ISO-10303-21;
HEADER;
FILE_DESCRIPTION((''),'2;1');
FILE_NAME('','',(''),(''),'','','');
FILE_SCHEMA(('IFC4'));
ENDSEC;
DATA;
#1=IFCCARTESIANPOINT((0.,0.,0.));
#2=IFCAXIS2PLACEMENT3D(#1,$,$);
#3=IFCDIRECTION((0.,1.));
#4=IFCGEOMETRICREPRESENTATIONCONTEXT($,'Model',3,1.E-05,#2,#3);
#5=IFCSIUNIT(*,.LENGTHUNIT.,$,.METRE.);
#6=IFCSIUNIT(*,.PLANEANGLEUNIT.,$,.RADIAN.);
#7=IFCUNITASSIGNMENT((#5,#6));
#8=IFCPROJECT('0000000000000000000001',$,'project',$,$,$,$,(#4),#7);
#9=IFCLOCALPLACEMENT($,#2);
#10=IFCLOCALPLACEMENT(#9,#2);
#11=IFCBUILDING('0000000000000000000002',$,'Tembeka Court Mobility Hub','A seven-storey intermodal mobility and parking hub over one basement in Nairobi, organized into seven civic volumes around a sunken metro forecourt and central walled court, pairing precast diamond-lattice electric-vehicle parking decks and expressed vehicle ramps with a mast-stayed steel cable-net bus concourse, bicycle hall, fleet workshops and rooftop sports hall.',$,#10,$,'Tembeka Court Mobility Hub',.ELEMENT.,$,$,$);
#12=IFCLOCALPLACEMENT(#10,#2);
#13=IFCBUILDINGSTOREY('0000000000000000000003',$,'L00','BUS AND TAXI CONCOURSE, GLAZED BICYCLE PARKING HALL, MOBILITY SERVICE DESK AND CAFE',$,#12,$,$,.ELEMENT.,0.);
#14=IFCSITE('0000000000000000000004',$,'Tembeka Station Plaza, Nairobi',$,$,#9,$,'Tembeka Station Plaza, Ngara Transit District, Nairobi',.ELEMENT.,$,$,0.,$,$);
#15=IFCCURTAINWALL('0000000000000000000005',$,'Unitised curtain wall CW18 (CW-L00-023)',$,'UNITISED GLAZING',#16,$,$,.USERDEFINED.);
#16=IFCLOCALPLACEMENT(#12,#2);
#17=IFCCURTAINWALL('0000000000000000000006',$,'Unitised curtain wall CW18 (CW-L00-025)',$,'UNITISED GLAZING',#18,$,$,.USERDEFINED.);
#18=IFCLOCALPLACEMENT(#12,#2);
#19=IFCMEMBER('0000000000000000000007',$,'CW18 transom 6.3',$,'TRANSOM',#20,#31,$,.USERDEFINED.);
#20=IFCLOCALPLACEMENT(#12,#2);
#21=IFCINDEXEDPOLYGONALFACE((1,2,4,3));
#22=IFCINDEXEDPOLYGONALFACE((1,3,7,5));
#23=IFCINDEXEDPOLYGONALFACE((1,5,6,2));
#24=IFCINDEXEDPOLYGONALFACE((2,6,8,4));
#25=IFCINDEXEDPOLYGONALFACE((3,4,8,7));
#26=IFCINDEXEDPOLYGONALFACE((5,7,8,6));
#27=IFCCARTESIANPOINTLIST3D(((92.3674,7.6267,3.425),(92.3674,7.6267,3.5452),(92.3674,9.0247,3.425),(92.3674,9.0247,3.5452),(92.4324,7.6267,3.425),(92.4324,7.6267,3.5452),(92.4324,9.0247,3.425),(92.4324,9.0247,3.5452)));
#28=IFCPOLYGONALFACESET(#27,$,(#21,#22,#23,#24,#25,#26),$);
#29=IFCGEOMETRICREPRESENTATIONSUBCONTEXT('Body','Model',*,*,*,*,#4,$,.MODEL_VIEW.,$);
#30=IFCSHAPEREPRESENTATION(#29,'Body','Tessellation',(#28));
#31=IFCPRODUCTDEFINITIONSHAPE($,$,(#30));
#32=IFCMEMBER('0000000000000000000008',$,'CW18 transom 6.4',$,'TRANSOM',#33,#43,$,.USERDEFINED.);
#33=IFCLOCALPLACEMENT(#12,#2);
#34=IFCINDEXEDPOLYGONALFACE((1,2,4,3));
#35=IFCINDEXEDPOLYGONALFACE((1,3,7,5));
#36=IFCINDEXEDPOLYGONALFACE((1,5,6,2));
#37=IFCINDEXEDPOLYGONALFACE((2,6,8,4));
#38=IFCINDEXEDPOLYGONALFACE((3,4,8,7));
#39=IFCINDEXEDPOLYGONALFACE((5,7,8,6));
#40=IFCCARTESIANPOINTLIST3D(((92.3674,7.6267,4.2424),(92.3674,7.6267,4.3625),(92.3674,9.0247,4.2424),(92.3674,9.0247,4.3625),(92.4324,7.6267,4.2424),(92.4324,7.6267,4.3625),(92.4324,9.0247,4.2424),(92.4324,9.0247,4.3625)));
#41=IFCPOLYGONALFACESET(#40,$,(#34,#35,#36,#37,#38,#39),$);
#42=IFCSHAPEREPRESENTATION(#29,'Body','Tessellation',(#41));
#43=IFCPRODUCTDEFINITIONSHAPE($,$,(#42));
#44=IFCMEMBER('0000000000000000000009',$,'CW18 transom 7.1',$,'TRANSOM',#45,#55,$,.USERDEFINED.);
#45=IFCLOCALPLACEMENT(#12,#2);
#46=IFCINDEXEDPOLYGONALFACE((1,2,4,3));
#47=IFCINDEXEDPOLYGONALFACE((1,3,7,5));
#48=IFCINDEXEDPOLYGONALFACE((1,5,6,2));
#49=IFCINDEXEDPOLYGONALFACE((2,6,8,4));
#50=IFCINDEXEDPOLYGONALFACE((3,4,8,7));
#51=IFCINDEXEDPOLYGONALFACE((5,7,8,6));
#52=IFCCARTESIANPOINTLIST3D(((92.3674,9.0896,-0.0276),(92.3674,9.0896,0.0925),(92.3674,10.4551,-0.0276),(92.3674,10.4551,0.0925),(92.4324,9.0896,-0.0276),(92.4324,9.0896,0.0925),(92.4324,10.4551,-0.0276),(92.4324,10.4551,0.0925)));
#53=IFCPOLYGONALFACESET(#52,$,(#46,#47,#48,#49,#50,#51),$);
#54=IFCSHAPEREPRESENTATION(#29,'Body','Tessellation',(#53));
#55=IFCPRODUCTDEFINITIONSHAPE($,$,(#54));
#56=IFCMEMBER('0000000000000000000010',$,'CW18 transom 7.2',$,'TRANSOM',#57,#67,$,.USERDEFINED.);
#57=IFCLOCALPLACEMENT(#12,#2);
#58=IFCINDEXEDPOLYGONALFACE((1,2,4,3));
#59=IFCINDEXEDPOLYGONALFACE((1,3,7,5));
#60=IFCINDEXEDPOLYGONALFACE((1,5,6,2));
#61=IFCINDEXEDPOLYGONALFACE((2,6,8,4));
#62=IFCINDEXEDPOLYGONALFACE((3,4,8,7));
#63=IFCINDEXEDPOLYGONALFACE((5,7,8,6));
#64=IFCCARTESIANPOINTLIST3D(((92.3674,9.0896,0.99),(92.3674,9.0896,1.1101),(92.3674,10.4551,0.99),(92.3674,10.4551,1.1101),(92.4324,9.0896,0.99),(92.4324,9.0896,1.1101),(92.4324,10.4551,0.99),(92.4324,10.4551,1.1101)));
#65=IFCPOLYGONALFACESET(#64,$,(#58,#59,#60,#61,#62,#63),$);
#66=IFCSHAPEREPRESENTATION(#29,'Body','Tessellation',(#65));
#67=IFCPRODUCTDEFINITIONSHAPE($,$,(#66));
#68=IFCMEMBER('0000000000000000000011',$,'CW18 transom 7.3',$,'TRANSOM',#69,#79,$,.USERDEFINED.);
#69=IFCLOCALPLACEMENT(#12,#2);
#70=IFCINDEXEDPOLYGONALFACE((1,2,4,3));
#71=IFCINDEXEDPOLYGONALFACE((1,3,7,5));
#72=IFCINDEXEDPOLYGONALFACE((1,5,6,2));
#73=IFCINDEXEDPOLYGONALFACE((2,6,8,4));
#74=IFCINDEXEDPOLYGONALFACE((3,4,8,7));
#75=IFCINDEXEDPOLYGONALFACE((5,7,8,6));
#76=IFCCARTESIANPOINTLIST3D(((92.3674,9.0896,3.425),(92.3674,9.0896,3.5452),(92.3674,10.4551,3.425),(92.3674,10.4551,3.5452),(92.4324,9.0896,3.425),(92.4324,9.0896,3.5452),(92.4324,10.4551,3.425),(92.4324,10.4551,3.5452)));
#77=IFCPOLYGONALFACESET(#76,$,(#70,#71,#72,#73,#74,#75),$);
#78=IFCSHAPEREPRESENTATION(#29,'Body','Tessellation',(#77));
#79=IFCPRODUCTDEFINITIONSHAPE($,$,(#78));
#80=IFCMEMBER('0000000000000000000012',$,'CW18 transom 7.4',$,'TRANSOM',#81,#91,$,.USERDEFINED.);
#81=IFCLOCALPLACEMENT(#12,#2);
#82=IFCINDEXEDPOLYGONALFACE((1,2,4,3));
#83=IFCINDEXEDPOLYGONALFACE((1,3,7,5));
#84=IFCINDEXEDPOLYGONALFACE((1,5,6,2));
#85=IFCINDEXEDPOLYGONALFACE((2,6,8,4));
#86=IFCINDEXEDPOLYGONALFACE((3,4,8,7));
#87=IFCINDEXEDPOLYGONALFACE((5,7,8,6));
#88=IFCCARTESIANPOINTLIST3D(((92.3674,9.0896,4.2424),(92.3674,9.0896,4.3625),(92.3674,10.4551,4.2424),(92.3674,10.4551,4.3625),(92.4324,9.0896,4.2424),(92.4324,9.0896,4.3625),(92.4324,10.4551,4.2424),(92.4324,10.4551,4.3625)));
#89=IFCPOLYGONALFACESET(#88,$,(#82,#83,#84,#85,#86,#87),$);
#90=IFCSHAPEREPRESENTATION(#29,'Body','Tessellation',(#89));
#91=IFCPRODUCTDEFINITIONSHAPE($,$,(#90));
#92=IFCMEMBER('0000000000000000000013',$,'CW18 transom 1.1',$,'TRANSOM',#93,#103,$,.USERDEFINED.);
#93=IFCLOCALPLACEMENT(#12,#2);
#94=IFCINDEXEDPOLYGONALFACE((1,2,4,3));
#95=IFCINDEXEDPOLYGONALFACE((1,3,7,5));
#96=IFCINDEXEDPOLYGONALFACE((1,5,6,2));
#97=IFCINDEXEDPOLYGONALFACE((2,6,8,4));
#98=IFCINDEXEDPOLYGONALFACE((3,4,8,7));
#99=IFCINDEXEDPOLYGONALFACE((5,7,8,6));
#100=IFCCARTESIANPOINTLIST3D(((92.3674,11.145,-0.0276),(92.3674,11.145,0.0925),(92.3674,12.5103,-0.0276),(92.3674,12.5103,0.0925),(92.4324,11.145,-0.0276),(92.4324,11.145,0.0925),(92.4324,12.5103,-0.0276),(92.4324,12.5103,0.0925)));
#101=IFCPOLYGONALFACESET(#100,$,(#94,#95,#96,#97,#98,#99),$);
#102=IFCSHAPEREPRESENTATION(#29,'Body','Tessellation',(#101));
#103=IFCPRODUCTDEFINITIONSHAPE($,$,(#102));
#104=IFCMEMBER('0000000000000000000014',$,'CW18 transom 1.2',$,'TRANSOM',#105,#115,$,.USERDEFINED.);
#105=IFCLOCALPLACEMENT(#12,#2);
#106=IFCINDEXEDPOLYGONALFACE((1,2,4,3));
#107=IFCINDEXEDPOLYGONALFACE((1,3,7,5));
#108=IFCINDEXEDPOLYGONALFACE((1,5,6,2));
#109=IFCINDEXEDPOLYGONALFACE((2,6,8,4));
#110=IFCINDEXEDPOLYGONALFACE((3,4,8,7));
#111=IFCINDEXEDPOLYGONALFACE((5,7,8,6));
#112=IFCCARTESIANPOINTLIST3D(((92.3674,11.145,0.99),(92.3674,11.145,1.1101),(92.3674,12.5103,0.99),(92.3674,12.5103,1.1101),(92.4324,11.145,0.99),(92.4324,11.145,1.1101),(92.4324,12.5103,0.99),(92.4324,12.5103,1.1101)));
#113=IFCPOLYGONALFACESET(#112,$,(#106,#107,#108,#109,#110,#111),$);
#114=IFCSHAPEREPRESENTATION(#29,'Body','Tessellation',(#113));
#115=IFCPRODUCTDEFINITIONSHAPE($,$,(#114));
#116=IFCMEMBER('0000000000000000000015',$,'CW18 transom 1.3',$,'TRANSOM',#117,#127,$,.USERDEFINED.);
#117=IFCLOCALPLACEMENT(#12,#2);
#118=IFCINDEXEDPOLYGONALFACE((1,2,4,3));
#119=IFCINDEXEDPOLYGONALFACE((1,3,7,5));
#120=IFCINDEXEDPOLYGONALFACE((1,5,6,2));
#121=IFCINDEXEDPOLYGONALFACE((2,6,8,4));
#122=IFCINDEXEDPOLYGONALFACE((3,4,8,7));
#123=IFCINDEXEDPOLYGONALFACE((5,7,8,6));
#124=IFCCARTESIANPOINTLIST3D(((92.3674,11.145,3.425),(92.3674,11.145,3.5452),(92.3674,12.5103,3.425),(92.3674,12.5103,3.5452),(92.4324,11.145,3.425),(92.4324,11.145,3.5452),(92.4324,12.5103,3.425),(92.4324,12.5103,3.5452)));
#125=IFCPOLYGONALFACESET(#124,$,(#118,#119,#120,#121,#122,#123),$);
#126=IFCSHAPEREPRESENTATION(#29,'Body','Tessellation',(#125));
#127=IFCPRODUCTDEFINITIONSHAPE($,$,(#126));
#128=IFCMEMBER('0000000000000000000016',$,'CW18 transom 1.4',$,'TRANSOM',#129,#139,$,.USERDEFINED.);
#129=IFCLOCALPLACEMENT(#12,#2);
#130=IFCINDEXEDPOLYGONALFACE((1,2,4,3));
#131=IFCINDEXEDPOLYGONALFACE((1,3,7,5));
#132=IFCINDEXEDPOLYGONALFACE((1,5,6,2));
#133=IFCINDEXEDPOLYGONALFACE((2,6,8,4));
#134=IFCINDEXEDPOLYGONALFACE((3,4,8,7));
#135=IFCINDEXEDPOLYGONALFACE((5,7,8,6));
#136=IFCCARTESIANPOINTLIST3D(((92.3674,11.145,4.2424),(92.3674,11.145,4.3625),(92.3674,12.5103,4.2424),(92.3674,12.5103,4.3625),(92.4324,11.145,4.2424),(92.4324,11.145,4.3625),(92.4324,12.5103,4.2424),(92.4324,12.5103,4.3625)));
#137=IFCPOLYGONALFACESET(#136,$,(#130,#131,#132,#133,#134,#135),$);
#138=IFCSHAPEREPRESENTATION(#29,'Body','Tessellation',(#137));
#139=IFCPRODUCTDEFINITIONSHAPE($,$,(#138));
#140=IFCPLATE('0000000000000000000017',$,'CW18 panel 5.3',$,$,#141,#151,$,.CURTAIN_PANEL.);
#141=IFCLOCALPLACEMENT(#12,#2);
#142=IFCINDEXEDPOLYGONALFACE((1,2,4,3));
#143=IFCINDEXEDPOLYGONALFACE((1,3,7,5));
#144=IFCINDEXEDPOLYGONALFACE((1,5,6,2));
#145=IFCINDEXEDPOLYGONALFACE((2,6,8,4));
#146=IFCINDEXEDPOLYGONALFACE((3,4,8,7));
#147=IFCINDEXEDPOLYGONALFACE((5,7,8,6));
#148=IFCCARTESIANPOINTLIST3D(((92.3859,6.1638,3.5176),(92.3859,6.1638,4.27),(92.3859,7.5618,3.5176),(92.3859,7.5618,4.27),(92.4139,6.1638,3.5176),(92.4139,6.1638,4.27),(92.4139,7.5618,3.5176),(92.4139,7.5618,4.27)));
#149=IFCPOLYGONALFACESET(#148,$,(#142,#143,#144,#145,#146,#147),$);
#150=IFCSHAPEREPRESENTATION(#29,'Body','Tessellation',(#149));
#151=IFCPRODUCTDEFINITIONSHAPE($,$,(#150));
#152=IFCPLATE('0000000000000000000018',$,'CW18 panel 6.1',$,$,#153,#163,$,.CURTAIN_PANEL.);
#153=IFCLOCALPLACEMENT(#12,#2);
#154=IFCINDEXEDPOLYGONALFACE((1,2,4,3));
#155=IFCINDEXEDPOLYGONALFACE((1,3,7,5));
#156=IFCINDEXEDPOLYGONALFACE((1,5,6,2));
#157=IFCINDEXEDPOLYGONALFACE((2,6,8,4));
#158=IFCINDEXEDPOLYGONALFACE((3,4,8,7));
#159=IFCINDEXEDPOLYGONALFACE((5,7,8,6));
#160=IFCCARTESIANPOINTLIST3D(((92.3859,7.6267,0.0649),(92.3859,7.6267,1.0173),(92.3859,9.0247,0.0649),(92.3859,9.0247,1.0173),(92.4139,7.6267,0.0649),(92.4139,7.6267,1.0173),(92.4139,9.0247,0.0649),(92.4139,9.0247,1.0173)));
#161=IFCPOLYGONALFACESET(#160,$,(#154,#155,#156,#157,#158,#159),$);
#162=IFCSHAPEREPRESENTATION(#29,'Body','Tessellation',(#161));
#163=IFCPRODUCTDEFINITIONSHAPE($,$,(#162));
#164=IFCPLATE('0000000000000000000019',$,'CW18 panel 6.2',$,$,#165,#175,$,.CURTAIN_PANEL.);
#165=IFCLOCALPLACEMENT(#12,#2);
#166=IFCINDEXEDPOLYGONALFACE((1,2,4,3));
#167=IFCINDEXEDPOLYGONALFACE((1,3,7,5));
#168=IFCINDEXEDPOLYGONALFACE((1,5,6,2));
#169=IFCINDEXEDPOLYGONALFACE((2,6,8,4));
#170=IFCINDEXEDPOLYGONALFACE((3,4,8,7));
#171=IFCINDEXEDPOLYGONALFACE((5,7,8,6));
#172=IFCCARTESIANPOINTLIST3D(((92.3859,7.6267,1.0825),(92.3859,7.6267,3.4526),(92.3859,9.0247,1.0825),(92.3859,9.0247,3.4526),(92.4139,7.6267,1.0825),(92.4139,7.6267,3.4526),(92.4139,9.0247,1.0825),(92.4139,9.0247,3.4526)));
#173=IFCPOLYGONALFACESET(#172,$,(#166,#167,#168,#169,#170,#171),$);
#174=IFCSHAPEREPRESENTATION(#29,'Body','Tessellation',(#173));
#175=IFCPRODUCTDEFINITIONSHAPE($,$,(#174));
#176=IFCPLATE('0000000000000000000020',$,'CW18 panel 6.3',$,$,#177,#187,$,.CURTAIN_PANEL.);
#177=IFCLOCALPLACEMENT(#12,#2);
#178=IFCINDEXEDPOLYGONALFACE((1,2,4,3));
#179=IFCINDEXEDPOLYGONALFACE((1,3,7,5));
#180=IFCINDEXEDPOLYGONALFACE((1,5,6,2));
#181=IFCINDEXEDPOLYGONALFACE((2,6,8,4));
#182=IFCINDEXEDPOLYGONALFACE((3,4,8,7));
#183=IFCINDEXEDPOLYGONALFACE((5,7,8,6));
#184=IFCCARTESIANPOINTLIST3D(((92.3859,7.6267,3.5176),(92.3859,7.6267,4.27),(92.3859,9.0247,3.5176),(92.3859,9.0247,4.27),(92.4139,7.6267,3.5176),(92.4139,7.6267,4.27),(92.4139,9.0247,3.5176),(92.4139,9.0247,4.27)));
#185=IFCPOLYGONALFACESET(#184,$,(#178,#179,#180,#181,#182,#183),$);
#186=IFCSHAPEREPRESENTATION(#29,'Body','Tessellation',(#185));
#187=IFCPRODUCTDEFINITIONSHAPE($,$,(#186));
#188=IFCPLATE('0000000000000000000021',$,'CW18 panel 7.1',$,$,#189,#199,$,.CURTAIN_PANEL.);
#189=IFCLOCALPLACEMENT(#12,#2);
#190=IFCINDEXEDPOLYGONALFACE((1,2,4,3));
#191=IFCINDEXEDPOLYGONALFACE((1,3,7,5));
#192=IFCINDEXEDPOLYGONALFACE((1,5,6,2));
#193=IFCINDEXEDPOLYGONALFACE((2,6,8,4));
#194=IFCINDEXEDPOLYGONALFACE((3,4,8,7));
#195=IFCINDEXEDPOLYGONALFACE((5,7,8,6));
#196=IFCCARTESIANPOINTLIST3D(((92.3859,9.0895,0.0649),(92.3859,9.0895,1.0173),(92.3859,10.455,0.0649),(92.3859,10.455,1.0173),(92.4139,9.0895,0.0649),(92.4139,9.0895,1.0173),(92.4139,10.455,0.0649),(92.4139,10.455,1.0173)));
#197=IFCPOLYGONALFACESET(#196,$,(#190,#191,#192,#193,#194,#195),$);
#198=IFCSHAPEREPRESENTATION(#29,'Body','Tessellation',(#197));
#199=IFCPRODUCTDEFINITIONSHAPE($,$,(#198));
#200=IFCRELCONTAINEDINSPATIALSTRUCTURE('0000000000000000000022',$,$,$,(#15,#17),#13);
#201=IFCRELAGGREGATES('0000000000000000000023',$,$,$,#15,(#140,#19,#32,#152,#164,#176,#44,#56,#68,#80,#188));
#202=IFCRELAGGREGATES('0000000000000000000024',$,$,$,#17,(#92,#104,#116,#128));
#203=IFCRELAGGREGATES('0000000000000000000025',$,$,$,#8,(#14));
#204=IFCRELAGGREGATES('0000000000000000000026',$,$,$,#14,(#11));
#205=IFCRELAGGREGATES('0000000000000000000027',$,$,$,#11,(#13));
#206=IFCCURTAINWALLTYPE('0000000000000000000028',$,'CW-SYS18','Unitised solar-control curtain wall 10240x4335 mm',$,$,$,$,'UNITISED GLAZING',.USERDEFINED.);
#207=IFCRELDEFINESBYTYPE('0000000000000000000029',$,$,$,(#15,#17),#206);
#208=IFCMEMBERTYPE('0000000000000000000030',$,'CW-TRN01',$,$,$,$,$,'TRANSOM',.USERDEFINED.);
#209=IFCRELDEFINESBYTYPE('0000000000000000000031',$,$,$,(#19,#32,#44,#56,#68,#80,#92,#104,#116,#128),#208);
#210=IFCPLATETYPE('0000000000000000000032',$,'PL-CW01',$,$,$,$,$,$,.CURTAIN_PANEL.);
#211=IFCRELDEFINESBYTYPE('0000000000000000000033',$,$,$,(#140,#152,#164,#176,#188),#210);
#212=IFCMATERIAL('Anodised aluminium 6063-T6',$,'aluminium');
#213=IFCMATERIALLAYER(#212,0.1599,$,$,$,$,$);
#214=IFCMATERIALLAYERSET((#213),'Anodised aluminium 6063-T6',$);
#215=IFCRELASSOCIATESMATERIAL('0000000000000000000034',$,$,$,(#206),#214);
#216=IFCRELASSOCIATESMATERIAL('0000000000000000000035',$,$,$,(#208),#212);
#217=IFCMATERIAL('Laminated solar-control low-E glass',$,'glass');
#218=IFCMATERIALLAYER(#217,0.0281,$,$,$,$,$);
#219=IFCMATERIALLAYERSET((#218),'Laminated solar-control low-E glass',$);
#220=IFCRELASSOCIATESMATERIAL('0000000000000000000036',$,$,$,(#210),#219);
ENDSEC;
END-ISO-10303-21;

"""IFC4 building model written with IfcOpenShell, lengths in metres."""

from ifc_helpers import new_model, si_unit, direction, frame, origin, origin_2d, place, context, subcontext, project, spatial, rectangle, extrude, material, layer, layer_set, material_profile, profile_set, type_object, element, aggregate, save


model = new_model("IFC4")

# Units and contexts
model_context = context("Model", 3, precision=1e-05, world=origin(), true_north=direction((0.0, 1.0)))
body_context = subcontext(model_context, "Body", "Model", "MODEL_VIEW")
ifc_project = project(units=[si_unit("LENGTHUNIT", "METRE"), si_unit("PLANEANGLEUNIT", "RADIAN")], contexts=[model_context])

# Site, building, storey
site_placement = place(None, origin())
site = spatial("IfcSite", under=ifc_project, at=site_placement, Name="Tembeka Station Plaza, Nairobi", LongName="Tembeka Station Plaza, Ngara Transit District, Nairobi", CompositionType="ELEMENT", RefElevation=0.0)
building_placement = place(site_placement, origin())
building = spatial("IfcBuilding", under=site, at=building_placement, Name="Tembeka Court Mobility Hub", Description="A seven-storey intermodal mobility and parking hub over one basement in Nairobi, organized into seven civic volumes around a sunken metro forecourt and central walled court, pairing precast diamond-lattice electric-vehicle parking decks and expressed vehicle ramps with a mast-stayed steel cable-net bus concourse, bicycle hall, fleet workshops and rooftop sports hall.", LongName="Tembeka Court Mobility Hub", CompositionType="ELEMENT")
storey_placement = place(building_placement, origin())
storey = spatial("IfcBuildingStorey", under=building, at=storey_placement, Name="L00", Description="BUS AND TAXI CONCOURSE, GLAZED BICYCLE PARKING HALL, MOBILITY SERVICE DESK AND CAFE", CompositionType="ELEMENT", Elevation=0.0)

# Curtain walls
ifc_material_1 = material(Name="Anodised aluminium 6063-T6", Category="aluminium")
ifc_layer_1 = layer(ifc_material_1, 0.1599)
ifc_layer_set_1 = layer_set([ifc_layer_1], Name="Anodised aluminium 6063-T6")
curtain_wall_type = type_object("IfcCurtainWallType", Name="CW-SYS18", Description="Unitised solar-control curtain wall 10240x4335 mm", ElementType="UNITISED GLAZING", PredefinedType="USERDEFINED", material=ifc_layer_set_1)
curtain_wall_1_placement = place(storey_placement, origin())
curtain_wall_1 = element("IfcCurtainWall", 1, at=curtain_wall_1_placement, inside=storey, type_object=curtain_wall_type, Name="Unitised curtain wall CW18 (CW-L00-023)", ObjectType="UNITISED GLAZING", PredefinedType="USERDEFINED")
curtain_wall_2_placement = place(storey_placement, origin())
curtain_wall_2 = element("IfcCurtainWall", 2, at=curtain_wall_2_placement, inside=storey, type_object=curtain_wall_type, Name="Unitised curtain wall CW18 (CW-L00-025)", ObjectType="UNITISED GLAZING", PredefinedType="USERDEFINED")

# Members
ifc_material_profile_1 = material_profile(ifc_material_1, rectangle(XDim=0.0649, YDim=0.1201, at=origin_2d()), Name="ALU-TRN 65x120")
ifc_profile_set_1 = profile_set([ifc_material_profile_1], Name="Anodised aluminium 6063-T6")
member_type_1 = type_object("IfcMemberType", Name="CW-TRN01", ElementType="TRANSOM", PredefinedType="USERDEFINED", material=ifc_profile_set_1)
member_1_placement = place(storey_placement, frame((92.3999, 7.6267, 3.4851), z_axis=(0.0, 1.0, 0.0), x_axis=(-1.0, 0.0, 0.0)))
member_1 = element("IfcMember", 3, at=member_1_placement, type_object=member_type_1, Name="CW18 transom 6.3", ObjectType="TRANSOM", PredefinedType="USERDEFINED", context=body_context, shape_type="SweptSolid", body=[
    extrude(rectangle(XDim=0.0649, YDim=0.1201, at=origin_2d()), origin(), (0.0, 0.0, 1.0), 1.3979),
])
member_2_placement = place(storey_placement, frame((92.3999, 7.6267, 4.3025), z_axis=(0.0, 1.0, 0.0), x_axis=(-1.0, 0.0, 0.0)))
member_2 = element("IfcMember", 4, at=member_2_placement, type_object=member_type_1, Name="CW18 transom 6.4", ObjectType="TRANSOM", PredefinedType="USERDEFINED", context=body_context, shape_type="SweptSolid", body=[
    extrude(rectangle(XDim=0.0649, YDim=0.1201, at=origin_2d()), origin(), (0.0, 0.0, 1.0), 1.3979),
])
member_3_placement = place(storey_placement, frame((92.3999, 9.0896, 0.0325), z_axis=(0.0, 1.0, 0.0), x_axis=(-1.0, 0.0, 0.0)))
member_3 = element("IfcMember", 5, at=member_3_placement, type_object=member_type_1, Name="CW18 transom 7.1", ObjectType="TRANSOM", PredefinedType="USERDEFINED", context=body_context, shape_type="SweptSolid", body=[
    extrude(rectangle(XDim=0.0649, YDim=0.1201, at=origin_2d()), origin(), (0.0, 0.0, 1.0), 1.3655),
])
member_4_placement = place(storey_placement, frame((92.3999, 9.0896, 1.05), z_axis=(0.0, 1.0, 0.0), x_axis=(-1.0, 0.0, 0.0)))
member_4 = element("IfcMember", 6, at=member_4_placement, type_object=member_type_1, Name="CW18 transom 7.2", ObjectType="TRANSOM", PredefinedType="USERDEFINED", context=body_context, shape_type="SweptSolid", body=[
    extrude(rectangle(XDim=0.0649, YDim=0.1201, at=origin_2d()), origin(), (0.0, 0.0, 1.0), 1.3655),
])
member_5_placement = place(storey_placement, frame((92.3999, 9.0896, 3.4851), z_axis=(0.0, 1.0, 0.0), x_axis=(-1.0, 0.0, 0.0)))
member_5 = element("IfcMember", 7, at=member_5_placement, type_object=member_type_1, Name="CW18 transom 7.3", ObjectType="TRANSOM", PredefinedType="USERDEFINED", context=body_context, shape_type="SweptSolid", body=[
    extrude(rectangle(XDim=0.0649, YDim=0.1201, at=origin_2d()), origin(), (0.0, 0.0, 1.0), 1.3655),
])
member_6_placement = place(storey_placement, frame((92.3999, 9.0896, 4.3025), z_axis=(0.0, 1.0, 0.0), x_axis=(-1.0, 0.0, 0.0)))
member_6 = element("IfcMember", 8, at=member_6_placement, type_object=member_type_1, Name="CW18 transom 7.4", ObjectType="TRANSOM", PredefinedType="USERDEFINED", context=body_context, shape_type="SweptSolid", body=[
    extrude(rectangle(XDim=0.0649, YDim=0.1201, at=origin_2d()), origin(), (0.0, 0.0, 1.0), 1.3655),
])
member_7_placement = place(storey_placement, frame((92.3999, 11.145, 0.0325), z_axis=(0.0, 1.0, 0.0), x_axis=(-1.0, 0.0, 0.0)))
member_7 = element("IfcMember", 9, at=member_7_placement, type_object=member_type_1, Name="CW18 transom 1.1", ObjectType="TRANSOM", PredefinedType="USERDEFINED", context=body_context, shape_type="SweptSolid", body=[
    extrude(rectangle(XDim=0.0649, YDim=0.1201, at=origin_2d()), origin(), (0.0, 0.0, 1.0), 1.3652),
])
member_8_placement = place(storey_placement, frame((92.3999, 11.145, 1.05), z_axis=(0.0, 1.0, 0.0), x_axis=(-1.0, 0.0, 0.0)))
member_8 = element("IfcMember", 10, at=member_8_placement, type_object=member_type_1, Name="CW18 transom 1.2", ObjectType="TRANSOM", PredefinedType="USERDEFINED", context=body_context, shape_type="SweptSolid", body=[
    extrude(rectangle(XDim=0.0649, YDim=0.1201, at=origin_2d()), origin(), (0.0, 0.0, 1.0), 1.3652),
])
member_9_placement = place(storey_placement, frame((92.3999, 11.145, 3.4851), z_axis=(0.0, 1.0, 0.0), x_axis=(-1.0, 0.0, 0.0)))
member_9 = element("IfcMember", 11, at=member_9_placement, type_object=member_type_1, Name="CW18 transom 1.3", ObjectType="TRANSOM", PredefinedType="USERDEFINED", context=body_context, shape_type="SweptSolid", body=[
    extrude(rectangle(XDim=0.0649, YDim=0.1201, at=origin_2d()), origin(), (0.0, 0.0, 1.0), 1.3652),
])
member_10_placement = place(storey_placement, frame((92.3999, 11.145, 4.3025), z_axis=(0.0, 1.0, 0.0), x_axis=(-1.0, 0.0, 0.0)))
member_10 = element("IfcMember", 12, at=member_10_placement, type_object=member_type_1, Name="CW18 transom 1.4", ObjectType="TRANSOM", PredefinedType="USERDEFINED", context=body_context, shape_type="SweptSolid", body=[
    extrude(rectangle(XDim=0.0649, YDim=0.1201, at=origin_2d()), origin(), (0.0, 0.0, 1.0), 1.3652),
])

# Plates
ifc_material_2 = material(Name="Laminated solar-control low-E glass", Category="glass")
ifc_layer_2 = layer(ifc_material_2, 0.0281)
ifc_layer_set_2 = layer_set([ifc_layer_2], Name="Laminated solar-control low-E glass")
plate_type = type_object("IfcPlateType", Name="PL-CW01", PredefinedType="CURTAIN_PANEL", material=ifc_layer_set_2)
plate_1_placement = place(storey_placement, frame((92.3999, 6.8628, 3.5176), z_axis=(0.0, 0.0, 1.0), x_axis=(0.0, 1.0, 0.0)))
plate_1 = element("IfcPlate", 13, at=plate_1_placement, type_object=plate_type, Name="CW18 panel 5.3", PredefinedType="CURTAIN_PANEL", context=body_context, shape_type="SweptSolid", body=[
    extrude(rectangle(XDim=1.3979, YDim=0.0281, at=origin_2d()), origin(), (0.0, 0.0, 1.0), 0.7524),
])
plate_2_placement = place(storey_placement, frame((92.3999, 8.3257, 0.0649), z_axis=(0.0, 0.0, 1.0), x_axis=(0.0, 1.0, 0.0)))
plate_2 = element("IfcPlate", 14, at=plate_2_placement, type_object=plate_type, Name="CW18 panel 6.1", PredefinedType="CURTAIN_PANEL", context=body_context, shape_type="SweptSolid", body=[
    extrude(rectangle(XDim=1.3979, YDim=0.0281, at=origin_2d()), origin(), (0.0, 0.0, 1.0), 0.9524),
])
plate_3_placement = place(storey_placement, frame((92.3999, 8.3257, 1.0825), z_axis=(0.0, 0.0, 1.0), x_axis=(0.0, 1.0, 0.0)))
plate_3 = element("IfcPlate", 15, at=plate_3_placement, type_object=plate_type, Name="CW18 panel 6.2", PredefinedType="CURTAIN_PANEL", context=body_context, shape_type="SweptSolid", body=[
    extrude(rectangle(XDim=1.3979, YDim=0.0281, at=origin_2d()), origin(), (0.0, 0.0, 1.0), 2.3701),
])
plate_4_placement = place(storey_placement, frame((92.3999, 8.3257, 3.5176), z_axis=(0.0, 0.0, 1.0), x_axis=(0.0, 1.0, 0.0)))
plate_4 = element("IfcPlate", 16, at=plate_4_placement, type_object=plate_type, Name="CW18 panel 6.3", PredefinedType="CURTAIN_PANEL", context=body_context, shape_type="SweptSolid", body=[
    extrude(rectangle(XDim=1.3979, YDim=0.0281, at=origin_2d()), origin(), (0.0, 0.0, 1.0), 0.7524),
])
plate_5_placement = place(storey_placement, frame((92.3999, 9.7722, 0.0649), z_axis=(0.0, 0.0, 1.0), x_axis=(0.0, 1.0, 0.0)))
plate_5 = element("IfcPlate", 17, at=plate_5_placement, type_object=plate_type, Name="CW18 panel 7.1", PredefinedType="CURTAIN_PANEL", context=body_context, shape_type="SweptSolid", body=[
    extrude(rectangle(XDim=1.3655, YDim=0.0281, at=origin_2d()), origin(), (0.0, 0.0, 1.0), 0.9524),
])
aggregate(curtain_wall_1, [plate_1, member_1, member_2, plate_2, plate_3, plate_4, member_3, member_4, member_5, member_6, plate_5])
aggregate(curtain_wall_2, [member_7, member_8, member_9, member_10])

save(model, "model.ifc")
